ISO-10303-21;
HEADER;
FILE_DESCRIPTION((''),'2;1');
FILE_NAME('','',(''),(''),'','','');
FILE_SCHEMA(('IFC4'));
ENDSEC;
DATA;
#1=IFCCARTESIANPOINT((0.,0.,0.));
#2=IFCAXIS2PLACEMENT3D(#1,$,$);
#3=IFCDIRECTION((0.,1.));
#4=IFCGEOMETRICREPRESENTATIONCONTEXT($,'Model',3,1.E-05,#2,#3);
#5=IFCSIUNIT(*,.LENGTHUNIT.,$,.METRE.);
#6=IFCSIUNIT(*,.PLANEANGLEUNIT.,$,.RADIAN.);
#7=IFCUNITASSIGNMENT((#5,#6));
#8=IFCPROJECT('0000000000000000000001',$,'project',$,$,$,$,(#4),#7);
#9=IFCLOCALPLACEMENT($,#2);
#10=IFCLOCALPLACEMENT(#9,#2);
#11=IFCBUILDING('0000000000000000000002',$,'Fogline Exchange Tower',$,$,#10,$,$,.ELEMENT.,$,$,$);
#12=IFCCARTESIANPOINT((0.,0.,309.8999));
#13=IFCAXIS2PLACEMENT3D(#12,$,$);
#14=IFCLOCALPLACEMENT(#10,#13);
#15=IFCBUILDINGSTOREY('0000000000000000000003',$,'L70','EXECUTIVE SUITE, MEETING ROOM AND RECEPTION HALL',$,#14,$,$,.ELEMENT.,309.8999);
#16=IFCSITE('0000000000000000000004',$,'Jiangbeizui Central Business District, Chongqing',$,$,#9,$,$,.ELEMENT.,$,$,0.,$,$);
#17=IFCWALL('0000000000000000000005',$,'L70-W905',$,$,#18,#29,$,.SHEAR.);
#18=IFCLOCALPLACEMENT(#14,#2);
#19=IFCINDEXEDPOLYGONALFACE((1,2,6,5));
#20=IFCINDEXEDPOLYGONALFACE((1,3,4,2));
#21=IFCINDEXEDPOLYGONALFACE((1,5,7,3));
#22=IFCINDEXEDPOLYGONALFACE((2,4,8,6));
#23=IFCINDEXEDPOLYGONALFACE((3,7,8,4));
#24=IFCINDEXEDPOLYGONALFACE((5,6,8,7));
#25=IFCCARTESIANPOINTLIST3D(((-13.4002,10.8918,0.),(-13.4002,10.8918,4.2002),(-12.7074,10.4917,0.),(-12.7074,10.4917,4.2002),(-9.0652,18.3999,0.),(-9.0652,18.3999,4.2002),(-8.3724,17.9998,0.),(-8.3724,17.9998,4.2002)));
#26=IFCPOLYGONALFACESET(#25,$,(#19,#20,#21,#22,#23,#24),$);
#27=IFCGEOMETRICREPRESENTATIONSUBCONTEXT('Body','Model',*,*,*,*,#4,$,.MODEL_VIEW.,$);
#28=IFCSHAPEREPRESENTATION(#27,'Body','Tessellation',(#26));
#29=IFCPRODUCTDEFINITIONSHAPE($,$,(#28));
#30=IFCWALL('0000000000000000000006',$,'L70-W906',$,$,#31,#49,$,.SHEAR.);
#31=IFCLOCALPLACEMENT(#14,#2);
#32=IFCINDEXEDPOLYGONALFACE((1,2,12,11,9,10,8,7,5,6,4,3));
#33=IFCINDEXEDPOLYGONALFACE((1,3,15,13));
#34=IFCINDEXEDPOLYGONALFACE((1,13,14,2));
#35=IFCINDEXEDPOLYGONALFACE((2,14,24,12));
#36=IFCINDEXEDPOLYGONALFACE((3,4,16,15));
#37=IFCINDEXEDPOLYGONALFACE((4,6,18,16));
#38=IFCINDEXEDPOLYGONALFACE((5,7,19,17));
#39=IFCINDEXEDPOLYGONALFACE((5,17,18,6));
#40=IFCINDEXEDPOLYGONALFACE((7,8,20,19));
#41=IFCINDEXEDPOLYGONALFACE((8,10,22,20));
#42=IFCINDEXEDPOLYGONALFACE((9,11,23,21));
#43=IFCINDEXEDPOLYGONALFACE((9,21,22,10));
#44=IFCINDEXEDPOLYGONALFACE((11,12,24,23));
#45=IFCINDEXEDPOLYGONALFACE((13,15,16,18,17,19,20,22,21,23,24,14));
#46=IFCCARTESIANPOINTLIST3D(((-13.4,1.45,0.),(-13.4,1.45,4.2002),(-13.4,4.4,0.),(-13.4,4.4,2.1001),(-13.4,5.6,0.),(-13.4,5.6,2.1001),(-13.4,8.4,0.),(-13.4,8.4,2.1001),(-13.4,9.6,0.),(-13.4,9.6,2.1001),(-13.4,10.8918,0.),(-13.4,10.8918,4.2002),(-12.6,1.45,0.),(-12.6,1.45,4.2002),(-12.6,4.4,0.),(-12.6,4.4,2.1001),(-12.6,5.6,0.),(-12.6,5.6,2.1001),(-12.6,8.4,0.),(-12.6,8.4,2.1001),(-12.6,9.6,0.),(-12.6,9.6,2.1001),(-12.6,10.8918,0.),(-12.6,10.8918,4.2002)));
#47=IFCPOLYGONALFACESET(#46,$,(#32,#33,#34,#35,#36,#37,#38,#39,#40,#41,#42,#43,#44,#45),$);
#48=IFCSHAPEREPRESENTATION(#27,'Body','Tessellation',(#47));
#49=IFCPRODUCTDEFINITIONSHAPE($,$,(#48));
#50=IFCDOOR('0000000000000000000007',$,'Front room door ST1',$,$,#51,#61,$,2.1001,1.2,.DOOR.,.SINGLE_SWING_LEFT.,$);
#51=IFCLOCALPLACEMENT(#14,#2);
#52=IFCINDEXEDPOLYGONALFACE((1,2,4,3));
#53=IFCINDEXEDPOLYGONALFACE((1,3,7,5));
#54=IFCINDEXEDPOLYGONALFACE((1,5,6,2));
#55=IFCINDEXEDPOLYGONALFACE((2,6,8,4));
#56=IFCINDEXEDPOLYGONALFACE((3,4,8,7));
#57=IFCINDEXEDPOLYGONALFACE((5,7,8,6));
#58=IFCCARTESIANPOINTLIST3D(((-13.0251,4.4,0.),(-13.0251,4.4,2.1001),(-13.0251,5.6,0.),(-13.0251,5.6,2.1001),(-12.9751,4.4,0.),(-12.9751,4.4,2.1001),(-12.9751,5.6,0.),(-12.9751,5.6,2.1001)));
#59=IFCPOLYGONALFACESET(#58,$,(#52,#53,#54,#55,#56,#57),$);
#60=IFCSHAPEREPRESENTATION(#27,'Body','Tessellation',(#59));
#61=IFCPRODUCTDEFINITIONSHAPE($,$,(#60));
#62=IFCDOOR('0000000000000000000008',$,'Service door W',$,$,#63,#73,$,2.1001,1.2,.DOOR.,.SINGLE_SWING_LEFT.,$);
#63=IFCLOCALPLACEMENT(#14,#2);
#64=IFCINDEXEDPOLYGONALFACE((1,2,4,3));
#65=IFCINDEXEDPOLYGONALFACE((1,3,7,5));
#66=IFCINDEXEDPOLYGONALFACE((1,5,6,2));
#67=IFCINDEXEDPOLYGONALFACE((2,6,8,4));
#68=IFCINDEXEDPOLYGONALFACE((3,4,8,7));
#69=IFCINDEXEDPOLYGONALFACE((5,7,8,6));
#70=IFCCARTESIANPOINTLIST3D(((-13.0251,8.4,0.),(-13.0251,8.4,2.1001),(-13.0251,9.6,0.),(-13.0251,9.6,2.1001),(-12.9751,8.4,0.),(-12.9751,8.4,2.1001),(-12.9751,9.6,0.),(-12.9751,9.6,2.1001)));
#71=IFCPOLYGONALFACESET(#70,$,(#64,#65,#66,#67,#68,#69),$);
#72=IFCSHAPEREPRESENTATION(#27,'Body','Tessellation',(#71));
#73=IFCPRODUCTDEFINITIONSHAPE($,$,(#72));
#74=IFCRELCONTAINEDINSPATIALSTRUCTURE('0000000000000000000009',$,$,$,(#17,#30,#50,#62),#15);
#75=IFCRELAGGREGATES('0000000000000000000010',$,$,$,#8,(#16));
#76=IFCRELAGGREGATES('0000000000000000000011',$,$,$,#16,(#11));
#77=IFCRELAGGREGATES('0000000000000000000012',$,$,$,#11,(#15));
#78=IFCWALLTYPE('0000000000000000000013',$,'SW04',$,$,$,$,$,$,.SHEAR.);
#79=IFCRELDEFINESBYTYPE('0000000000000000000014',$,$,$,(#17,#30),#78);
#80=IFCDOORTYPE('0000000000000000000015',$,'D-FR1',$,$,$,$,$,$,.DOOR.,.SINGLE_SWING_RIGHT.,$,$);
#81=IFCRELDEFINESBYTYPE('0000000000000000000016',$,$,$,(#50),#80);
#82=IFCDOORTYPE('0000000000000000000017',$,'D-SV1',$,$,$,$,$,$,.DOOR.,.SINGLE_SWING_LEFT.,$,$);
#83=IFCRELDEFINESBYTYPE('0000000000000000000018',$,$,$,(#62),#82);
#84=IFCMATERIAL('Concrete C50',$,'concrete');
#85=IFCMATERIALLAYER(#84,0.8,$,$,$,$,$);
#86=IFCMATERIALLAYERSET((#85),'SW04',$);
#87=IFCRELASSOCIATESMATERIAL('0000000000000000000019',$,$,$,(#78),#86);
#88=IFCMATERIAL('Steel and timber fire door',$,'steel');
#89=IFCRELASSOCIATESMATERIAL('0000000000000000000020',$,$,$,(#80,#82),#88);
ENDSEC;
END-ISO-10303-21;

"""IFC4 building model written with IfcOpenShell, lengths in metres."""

from ifc_helpers import new_model, si_unit, direction, frame, frame_2d, origin, place, context, subcontext, project, spatial, rectangle, extrude, material, layer, layer_set, type_object, element, fill, save


model = new_model("IFC4")

# Units and contexts
model_context = context("Model", 3, precision=1e-05, world=origin(), true_north=direction((0.0, 1.0)))
body_context = subcontext(model_context, "Body", "Model", "MODEL_VIEW")
ifc_project = project(units=[si_unit("LENGTHUNIT", "METRE"), si_unit("PLANEANGLEUNIT", "RADIAN")], contexts=[model_context])

# Site, building, storey
site_placement = place(None, origin())
site = spatial("IfcSite", under=ifc_project, at=site_placement, Name="Jiangbeizui Central Business District, Chongqing", CompositionType="ELEMENT", RefElevation=0.0)
building_placement = place(site_placement, origin())
building = spatial("IfcBuilding", under=site, at=building_placement, Name="Fogline Exchange Tower", CompositionType="ELEMENT")
storey_placement = place(building_placement, frame((0.0, 0.0, 309.8999)))
storey = spatial("IfcBuildingStorey", under=building, at=storey_placement, Name="L70", Description="EXECUTIVE SUITE, MEETING ROOM AND RECEPTION HALL", CompositionType="ELEMENT", Elevation=309.8999)

# Shared definitions
ifc_material_1 = material(Name="Steel and timber fire door", Category="steel")

# Wall
ifc_material_2 = material(Name="Concrete C50", Category="concrete")
ifc_layer_1 = layer(ifc_material_2, 0.8)
ifc_layer_set_1 = layer_set([ifc_layer_1], Name="SW04")
wall_type_1 = type_object("IfcWallType", Name="SW04", PredefinedType="SHEAR", material=ifc_layer_set_1)
wall_1_placement = place(storey_placement, frame((-8.7188, 18.2, 0.0), z_axis=(0.0, 0.0, 1.0), x_axis=(-0.500016, -0.866016, 0.0)))
element("IfcWall", 1, at=wall_1_placement, inside=storey, type_object=wall_type_1, Name="L70-W905", PredefinedType="SHEAR", context=body_context, shape_type="SweptSolid", body=[
    extrude(rectangle(XDim=8.6697, YDim=0.8, at=frame_2d((4.335, 0.0))), origin(), (0.0, 0.0, 1.0), 4.2002),
])

# Wall, openings, doors
wall_2_placement = place(storey_placement, frame((-13.0, 10.8918, 0.0), z_axis=(0.0, 0.0, 1.0), x_axis=(0.0, -1.0, 0.0)))
wall_2 = element("IfcWall", 2, at=wall_2_placement, inside=storey, type_object=wall_type_1, Name="L70-W906", PredefinedType="SHEAR", context=body_context, shape_type="SweptSolid", body=[
    extrude(rectangle(XDim=9.4419, YDim=0.8, at=frame_2d((4.7209, 0.0))), origin(), (0.0, 0.0, 1.0), 4.2002),
])
opening_1_placement = place(wall_2_placement, frame((5.2917, 0.0, 0.0)))
opening_1 = element("IfcOpeningElement", 3, at=opening_1_placement, cuts=wall_2, PredefinedType="OPENING", context=body_context, shape_type="SweptSolid", body=[
    extrude(rectangle(XDim=1.2, YDim=2.1001, at=frame_2d((0.6001, 1.05))), frame((0.0, 0.4102, 0.0), z_axis=(0.0, -1.0, 0.0), x_axis=(1.0, 0.0, 0.0)), (0.0, 0.0, 1.0), 0.8201),
])
opening_2_placement = place(wall_2_placement, frame((1.2917, 0.0, 0.0)))
opening_2 = element("IfcOpeningElement", 4, at=opening_2_placement, cuts=wall_2, PredefinedType="OPENING", context=body_context, shape_type="SweptSolid", body=[
    extrude(rectangle(XDim=1.2, YDim=2.1001, at=frame_2d((0.6001, 1.05))), frame((0.0, 0.4102, 0.0), z_axis=(0.0, -1.0, 0.0), x_axis=(1.0, 0.0, 0.0)), (0.0, 0.0, 1.0), 0.8201),
])
door_type_1 = type_object("IfcDoorType", Name="D-FR1", OperationType="SINGLE_SWING_RIGHT", PredefinedType="DOOR", material=ifc_material_1)
door_1_placement = place(opening_1_placement, origin())
door_1 = element("IfcDoor", 5, at=door_1_placement, inside=storey, type_object=door_type_1, Name="Front room door ST1", OperationType="SINGLE_SWING_LEFT", OverallHeight=2.1001, OverallWidth=1.2, PredefinedType="DOOR", context=body_context, shape_type="SweptSolid", body=[
    extrude(rectangle(XDim=1.2, YDim=2.1001, at=frame_2d((0.6001, 1.05))), frame((0.0, 0.0249, 0.0), z_axis=(0.0, -1.0, 0.0), x_axis=(1.0, 0.0, 0.0)), (0.0, 0.0, 1.0), 0.05),
])
fill(opening_1, door_1)
door_type_2 = type_object("IfcDoorType", Name="D-SV1", OperationType="SINGLE_SWING_LEFT", PredefinedType="DOOR", material=ifc_material_1)
door_2_placement = place(opening_2_placement, origin())
door_2 = element("IfcDoor", 6, at=door_2_placement, inside=storey, type_object=door_type_2, Name="Service door W", OperationType="SINGLE_SWING_LEFT", OverallHeight=2.1001, OverallWidth=1.2, PredefinedType="DOOR", context=body_context, shape_type="SweptSolid", body=[
    extrude(rectangle(XDim=1.2, YDim=2.1001, at=frame_2d((0.6001, 1.05))), frame((0.0, 0.0249, 0.0), z_axis=(0.0, -1.0, 0.0), x_axis=(1.0, 0.0, 0.0)), (0.0, 0.0, 1.0), 0.05),
])
fill(opening_2, door_2)

save(model, "model.ifc")
